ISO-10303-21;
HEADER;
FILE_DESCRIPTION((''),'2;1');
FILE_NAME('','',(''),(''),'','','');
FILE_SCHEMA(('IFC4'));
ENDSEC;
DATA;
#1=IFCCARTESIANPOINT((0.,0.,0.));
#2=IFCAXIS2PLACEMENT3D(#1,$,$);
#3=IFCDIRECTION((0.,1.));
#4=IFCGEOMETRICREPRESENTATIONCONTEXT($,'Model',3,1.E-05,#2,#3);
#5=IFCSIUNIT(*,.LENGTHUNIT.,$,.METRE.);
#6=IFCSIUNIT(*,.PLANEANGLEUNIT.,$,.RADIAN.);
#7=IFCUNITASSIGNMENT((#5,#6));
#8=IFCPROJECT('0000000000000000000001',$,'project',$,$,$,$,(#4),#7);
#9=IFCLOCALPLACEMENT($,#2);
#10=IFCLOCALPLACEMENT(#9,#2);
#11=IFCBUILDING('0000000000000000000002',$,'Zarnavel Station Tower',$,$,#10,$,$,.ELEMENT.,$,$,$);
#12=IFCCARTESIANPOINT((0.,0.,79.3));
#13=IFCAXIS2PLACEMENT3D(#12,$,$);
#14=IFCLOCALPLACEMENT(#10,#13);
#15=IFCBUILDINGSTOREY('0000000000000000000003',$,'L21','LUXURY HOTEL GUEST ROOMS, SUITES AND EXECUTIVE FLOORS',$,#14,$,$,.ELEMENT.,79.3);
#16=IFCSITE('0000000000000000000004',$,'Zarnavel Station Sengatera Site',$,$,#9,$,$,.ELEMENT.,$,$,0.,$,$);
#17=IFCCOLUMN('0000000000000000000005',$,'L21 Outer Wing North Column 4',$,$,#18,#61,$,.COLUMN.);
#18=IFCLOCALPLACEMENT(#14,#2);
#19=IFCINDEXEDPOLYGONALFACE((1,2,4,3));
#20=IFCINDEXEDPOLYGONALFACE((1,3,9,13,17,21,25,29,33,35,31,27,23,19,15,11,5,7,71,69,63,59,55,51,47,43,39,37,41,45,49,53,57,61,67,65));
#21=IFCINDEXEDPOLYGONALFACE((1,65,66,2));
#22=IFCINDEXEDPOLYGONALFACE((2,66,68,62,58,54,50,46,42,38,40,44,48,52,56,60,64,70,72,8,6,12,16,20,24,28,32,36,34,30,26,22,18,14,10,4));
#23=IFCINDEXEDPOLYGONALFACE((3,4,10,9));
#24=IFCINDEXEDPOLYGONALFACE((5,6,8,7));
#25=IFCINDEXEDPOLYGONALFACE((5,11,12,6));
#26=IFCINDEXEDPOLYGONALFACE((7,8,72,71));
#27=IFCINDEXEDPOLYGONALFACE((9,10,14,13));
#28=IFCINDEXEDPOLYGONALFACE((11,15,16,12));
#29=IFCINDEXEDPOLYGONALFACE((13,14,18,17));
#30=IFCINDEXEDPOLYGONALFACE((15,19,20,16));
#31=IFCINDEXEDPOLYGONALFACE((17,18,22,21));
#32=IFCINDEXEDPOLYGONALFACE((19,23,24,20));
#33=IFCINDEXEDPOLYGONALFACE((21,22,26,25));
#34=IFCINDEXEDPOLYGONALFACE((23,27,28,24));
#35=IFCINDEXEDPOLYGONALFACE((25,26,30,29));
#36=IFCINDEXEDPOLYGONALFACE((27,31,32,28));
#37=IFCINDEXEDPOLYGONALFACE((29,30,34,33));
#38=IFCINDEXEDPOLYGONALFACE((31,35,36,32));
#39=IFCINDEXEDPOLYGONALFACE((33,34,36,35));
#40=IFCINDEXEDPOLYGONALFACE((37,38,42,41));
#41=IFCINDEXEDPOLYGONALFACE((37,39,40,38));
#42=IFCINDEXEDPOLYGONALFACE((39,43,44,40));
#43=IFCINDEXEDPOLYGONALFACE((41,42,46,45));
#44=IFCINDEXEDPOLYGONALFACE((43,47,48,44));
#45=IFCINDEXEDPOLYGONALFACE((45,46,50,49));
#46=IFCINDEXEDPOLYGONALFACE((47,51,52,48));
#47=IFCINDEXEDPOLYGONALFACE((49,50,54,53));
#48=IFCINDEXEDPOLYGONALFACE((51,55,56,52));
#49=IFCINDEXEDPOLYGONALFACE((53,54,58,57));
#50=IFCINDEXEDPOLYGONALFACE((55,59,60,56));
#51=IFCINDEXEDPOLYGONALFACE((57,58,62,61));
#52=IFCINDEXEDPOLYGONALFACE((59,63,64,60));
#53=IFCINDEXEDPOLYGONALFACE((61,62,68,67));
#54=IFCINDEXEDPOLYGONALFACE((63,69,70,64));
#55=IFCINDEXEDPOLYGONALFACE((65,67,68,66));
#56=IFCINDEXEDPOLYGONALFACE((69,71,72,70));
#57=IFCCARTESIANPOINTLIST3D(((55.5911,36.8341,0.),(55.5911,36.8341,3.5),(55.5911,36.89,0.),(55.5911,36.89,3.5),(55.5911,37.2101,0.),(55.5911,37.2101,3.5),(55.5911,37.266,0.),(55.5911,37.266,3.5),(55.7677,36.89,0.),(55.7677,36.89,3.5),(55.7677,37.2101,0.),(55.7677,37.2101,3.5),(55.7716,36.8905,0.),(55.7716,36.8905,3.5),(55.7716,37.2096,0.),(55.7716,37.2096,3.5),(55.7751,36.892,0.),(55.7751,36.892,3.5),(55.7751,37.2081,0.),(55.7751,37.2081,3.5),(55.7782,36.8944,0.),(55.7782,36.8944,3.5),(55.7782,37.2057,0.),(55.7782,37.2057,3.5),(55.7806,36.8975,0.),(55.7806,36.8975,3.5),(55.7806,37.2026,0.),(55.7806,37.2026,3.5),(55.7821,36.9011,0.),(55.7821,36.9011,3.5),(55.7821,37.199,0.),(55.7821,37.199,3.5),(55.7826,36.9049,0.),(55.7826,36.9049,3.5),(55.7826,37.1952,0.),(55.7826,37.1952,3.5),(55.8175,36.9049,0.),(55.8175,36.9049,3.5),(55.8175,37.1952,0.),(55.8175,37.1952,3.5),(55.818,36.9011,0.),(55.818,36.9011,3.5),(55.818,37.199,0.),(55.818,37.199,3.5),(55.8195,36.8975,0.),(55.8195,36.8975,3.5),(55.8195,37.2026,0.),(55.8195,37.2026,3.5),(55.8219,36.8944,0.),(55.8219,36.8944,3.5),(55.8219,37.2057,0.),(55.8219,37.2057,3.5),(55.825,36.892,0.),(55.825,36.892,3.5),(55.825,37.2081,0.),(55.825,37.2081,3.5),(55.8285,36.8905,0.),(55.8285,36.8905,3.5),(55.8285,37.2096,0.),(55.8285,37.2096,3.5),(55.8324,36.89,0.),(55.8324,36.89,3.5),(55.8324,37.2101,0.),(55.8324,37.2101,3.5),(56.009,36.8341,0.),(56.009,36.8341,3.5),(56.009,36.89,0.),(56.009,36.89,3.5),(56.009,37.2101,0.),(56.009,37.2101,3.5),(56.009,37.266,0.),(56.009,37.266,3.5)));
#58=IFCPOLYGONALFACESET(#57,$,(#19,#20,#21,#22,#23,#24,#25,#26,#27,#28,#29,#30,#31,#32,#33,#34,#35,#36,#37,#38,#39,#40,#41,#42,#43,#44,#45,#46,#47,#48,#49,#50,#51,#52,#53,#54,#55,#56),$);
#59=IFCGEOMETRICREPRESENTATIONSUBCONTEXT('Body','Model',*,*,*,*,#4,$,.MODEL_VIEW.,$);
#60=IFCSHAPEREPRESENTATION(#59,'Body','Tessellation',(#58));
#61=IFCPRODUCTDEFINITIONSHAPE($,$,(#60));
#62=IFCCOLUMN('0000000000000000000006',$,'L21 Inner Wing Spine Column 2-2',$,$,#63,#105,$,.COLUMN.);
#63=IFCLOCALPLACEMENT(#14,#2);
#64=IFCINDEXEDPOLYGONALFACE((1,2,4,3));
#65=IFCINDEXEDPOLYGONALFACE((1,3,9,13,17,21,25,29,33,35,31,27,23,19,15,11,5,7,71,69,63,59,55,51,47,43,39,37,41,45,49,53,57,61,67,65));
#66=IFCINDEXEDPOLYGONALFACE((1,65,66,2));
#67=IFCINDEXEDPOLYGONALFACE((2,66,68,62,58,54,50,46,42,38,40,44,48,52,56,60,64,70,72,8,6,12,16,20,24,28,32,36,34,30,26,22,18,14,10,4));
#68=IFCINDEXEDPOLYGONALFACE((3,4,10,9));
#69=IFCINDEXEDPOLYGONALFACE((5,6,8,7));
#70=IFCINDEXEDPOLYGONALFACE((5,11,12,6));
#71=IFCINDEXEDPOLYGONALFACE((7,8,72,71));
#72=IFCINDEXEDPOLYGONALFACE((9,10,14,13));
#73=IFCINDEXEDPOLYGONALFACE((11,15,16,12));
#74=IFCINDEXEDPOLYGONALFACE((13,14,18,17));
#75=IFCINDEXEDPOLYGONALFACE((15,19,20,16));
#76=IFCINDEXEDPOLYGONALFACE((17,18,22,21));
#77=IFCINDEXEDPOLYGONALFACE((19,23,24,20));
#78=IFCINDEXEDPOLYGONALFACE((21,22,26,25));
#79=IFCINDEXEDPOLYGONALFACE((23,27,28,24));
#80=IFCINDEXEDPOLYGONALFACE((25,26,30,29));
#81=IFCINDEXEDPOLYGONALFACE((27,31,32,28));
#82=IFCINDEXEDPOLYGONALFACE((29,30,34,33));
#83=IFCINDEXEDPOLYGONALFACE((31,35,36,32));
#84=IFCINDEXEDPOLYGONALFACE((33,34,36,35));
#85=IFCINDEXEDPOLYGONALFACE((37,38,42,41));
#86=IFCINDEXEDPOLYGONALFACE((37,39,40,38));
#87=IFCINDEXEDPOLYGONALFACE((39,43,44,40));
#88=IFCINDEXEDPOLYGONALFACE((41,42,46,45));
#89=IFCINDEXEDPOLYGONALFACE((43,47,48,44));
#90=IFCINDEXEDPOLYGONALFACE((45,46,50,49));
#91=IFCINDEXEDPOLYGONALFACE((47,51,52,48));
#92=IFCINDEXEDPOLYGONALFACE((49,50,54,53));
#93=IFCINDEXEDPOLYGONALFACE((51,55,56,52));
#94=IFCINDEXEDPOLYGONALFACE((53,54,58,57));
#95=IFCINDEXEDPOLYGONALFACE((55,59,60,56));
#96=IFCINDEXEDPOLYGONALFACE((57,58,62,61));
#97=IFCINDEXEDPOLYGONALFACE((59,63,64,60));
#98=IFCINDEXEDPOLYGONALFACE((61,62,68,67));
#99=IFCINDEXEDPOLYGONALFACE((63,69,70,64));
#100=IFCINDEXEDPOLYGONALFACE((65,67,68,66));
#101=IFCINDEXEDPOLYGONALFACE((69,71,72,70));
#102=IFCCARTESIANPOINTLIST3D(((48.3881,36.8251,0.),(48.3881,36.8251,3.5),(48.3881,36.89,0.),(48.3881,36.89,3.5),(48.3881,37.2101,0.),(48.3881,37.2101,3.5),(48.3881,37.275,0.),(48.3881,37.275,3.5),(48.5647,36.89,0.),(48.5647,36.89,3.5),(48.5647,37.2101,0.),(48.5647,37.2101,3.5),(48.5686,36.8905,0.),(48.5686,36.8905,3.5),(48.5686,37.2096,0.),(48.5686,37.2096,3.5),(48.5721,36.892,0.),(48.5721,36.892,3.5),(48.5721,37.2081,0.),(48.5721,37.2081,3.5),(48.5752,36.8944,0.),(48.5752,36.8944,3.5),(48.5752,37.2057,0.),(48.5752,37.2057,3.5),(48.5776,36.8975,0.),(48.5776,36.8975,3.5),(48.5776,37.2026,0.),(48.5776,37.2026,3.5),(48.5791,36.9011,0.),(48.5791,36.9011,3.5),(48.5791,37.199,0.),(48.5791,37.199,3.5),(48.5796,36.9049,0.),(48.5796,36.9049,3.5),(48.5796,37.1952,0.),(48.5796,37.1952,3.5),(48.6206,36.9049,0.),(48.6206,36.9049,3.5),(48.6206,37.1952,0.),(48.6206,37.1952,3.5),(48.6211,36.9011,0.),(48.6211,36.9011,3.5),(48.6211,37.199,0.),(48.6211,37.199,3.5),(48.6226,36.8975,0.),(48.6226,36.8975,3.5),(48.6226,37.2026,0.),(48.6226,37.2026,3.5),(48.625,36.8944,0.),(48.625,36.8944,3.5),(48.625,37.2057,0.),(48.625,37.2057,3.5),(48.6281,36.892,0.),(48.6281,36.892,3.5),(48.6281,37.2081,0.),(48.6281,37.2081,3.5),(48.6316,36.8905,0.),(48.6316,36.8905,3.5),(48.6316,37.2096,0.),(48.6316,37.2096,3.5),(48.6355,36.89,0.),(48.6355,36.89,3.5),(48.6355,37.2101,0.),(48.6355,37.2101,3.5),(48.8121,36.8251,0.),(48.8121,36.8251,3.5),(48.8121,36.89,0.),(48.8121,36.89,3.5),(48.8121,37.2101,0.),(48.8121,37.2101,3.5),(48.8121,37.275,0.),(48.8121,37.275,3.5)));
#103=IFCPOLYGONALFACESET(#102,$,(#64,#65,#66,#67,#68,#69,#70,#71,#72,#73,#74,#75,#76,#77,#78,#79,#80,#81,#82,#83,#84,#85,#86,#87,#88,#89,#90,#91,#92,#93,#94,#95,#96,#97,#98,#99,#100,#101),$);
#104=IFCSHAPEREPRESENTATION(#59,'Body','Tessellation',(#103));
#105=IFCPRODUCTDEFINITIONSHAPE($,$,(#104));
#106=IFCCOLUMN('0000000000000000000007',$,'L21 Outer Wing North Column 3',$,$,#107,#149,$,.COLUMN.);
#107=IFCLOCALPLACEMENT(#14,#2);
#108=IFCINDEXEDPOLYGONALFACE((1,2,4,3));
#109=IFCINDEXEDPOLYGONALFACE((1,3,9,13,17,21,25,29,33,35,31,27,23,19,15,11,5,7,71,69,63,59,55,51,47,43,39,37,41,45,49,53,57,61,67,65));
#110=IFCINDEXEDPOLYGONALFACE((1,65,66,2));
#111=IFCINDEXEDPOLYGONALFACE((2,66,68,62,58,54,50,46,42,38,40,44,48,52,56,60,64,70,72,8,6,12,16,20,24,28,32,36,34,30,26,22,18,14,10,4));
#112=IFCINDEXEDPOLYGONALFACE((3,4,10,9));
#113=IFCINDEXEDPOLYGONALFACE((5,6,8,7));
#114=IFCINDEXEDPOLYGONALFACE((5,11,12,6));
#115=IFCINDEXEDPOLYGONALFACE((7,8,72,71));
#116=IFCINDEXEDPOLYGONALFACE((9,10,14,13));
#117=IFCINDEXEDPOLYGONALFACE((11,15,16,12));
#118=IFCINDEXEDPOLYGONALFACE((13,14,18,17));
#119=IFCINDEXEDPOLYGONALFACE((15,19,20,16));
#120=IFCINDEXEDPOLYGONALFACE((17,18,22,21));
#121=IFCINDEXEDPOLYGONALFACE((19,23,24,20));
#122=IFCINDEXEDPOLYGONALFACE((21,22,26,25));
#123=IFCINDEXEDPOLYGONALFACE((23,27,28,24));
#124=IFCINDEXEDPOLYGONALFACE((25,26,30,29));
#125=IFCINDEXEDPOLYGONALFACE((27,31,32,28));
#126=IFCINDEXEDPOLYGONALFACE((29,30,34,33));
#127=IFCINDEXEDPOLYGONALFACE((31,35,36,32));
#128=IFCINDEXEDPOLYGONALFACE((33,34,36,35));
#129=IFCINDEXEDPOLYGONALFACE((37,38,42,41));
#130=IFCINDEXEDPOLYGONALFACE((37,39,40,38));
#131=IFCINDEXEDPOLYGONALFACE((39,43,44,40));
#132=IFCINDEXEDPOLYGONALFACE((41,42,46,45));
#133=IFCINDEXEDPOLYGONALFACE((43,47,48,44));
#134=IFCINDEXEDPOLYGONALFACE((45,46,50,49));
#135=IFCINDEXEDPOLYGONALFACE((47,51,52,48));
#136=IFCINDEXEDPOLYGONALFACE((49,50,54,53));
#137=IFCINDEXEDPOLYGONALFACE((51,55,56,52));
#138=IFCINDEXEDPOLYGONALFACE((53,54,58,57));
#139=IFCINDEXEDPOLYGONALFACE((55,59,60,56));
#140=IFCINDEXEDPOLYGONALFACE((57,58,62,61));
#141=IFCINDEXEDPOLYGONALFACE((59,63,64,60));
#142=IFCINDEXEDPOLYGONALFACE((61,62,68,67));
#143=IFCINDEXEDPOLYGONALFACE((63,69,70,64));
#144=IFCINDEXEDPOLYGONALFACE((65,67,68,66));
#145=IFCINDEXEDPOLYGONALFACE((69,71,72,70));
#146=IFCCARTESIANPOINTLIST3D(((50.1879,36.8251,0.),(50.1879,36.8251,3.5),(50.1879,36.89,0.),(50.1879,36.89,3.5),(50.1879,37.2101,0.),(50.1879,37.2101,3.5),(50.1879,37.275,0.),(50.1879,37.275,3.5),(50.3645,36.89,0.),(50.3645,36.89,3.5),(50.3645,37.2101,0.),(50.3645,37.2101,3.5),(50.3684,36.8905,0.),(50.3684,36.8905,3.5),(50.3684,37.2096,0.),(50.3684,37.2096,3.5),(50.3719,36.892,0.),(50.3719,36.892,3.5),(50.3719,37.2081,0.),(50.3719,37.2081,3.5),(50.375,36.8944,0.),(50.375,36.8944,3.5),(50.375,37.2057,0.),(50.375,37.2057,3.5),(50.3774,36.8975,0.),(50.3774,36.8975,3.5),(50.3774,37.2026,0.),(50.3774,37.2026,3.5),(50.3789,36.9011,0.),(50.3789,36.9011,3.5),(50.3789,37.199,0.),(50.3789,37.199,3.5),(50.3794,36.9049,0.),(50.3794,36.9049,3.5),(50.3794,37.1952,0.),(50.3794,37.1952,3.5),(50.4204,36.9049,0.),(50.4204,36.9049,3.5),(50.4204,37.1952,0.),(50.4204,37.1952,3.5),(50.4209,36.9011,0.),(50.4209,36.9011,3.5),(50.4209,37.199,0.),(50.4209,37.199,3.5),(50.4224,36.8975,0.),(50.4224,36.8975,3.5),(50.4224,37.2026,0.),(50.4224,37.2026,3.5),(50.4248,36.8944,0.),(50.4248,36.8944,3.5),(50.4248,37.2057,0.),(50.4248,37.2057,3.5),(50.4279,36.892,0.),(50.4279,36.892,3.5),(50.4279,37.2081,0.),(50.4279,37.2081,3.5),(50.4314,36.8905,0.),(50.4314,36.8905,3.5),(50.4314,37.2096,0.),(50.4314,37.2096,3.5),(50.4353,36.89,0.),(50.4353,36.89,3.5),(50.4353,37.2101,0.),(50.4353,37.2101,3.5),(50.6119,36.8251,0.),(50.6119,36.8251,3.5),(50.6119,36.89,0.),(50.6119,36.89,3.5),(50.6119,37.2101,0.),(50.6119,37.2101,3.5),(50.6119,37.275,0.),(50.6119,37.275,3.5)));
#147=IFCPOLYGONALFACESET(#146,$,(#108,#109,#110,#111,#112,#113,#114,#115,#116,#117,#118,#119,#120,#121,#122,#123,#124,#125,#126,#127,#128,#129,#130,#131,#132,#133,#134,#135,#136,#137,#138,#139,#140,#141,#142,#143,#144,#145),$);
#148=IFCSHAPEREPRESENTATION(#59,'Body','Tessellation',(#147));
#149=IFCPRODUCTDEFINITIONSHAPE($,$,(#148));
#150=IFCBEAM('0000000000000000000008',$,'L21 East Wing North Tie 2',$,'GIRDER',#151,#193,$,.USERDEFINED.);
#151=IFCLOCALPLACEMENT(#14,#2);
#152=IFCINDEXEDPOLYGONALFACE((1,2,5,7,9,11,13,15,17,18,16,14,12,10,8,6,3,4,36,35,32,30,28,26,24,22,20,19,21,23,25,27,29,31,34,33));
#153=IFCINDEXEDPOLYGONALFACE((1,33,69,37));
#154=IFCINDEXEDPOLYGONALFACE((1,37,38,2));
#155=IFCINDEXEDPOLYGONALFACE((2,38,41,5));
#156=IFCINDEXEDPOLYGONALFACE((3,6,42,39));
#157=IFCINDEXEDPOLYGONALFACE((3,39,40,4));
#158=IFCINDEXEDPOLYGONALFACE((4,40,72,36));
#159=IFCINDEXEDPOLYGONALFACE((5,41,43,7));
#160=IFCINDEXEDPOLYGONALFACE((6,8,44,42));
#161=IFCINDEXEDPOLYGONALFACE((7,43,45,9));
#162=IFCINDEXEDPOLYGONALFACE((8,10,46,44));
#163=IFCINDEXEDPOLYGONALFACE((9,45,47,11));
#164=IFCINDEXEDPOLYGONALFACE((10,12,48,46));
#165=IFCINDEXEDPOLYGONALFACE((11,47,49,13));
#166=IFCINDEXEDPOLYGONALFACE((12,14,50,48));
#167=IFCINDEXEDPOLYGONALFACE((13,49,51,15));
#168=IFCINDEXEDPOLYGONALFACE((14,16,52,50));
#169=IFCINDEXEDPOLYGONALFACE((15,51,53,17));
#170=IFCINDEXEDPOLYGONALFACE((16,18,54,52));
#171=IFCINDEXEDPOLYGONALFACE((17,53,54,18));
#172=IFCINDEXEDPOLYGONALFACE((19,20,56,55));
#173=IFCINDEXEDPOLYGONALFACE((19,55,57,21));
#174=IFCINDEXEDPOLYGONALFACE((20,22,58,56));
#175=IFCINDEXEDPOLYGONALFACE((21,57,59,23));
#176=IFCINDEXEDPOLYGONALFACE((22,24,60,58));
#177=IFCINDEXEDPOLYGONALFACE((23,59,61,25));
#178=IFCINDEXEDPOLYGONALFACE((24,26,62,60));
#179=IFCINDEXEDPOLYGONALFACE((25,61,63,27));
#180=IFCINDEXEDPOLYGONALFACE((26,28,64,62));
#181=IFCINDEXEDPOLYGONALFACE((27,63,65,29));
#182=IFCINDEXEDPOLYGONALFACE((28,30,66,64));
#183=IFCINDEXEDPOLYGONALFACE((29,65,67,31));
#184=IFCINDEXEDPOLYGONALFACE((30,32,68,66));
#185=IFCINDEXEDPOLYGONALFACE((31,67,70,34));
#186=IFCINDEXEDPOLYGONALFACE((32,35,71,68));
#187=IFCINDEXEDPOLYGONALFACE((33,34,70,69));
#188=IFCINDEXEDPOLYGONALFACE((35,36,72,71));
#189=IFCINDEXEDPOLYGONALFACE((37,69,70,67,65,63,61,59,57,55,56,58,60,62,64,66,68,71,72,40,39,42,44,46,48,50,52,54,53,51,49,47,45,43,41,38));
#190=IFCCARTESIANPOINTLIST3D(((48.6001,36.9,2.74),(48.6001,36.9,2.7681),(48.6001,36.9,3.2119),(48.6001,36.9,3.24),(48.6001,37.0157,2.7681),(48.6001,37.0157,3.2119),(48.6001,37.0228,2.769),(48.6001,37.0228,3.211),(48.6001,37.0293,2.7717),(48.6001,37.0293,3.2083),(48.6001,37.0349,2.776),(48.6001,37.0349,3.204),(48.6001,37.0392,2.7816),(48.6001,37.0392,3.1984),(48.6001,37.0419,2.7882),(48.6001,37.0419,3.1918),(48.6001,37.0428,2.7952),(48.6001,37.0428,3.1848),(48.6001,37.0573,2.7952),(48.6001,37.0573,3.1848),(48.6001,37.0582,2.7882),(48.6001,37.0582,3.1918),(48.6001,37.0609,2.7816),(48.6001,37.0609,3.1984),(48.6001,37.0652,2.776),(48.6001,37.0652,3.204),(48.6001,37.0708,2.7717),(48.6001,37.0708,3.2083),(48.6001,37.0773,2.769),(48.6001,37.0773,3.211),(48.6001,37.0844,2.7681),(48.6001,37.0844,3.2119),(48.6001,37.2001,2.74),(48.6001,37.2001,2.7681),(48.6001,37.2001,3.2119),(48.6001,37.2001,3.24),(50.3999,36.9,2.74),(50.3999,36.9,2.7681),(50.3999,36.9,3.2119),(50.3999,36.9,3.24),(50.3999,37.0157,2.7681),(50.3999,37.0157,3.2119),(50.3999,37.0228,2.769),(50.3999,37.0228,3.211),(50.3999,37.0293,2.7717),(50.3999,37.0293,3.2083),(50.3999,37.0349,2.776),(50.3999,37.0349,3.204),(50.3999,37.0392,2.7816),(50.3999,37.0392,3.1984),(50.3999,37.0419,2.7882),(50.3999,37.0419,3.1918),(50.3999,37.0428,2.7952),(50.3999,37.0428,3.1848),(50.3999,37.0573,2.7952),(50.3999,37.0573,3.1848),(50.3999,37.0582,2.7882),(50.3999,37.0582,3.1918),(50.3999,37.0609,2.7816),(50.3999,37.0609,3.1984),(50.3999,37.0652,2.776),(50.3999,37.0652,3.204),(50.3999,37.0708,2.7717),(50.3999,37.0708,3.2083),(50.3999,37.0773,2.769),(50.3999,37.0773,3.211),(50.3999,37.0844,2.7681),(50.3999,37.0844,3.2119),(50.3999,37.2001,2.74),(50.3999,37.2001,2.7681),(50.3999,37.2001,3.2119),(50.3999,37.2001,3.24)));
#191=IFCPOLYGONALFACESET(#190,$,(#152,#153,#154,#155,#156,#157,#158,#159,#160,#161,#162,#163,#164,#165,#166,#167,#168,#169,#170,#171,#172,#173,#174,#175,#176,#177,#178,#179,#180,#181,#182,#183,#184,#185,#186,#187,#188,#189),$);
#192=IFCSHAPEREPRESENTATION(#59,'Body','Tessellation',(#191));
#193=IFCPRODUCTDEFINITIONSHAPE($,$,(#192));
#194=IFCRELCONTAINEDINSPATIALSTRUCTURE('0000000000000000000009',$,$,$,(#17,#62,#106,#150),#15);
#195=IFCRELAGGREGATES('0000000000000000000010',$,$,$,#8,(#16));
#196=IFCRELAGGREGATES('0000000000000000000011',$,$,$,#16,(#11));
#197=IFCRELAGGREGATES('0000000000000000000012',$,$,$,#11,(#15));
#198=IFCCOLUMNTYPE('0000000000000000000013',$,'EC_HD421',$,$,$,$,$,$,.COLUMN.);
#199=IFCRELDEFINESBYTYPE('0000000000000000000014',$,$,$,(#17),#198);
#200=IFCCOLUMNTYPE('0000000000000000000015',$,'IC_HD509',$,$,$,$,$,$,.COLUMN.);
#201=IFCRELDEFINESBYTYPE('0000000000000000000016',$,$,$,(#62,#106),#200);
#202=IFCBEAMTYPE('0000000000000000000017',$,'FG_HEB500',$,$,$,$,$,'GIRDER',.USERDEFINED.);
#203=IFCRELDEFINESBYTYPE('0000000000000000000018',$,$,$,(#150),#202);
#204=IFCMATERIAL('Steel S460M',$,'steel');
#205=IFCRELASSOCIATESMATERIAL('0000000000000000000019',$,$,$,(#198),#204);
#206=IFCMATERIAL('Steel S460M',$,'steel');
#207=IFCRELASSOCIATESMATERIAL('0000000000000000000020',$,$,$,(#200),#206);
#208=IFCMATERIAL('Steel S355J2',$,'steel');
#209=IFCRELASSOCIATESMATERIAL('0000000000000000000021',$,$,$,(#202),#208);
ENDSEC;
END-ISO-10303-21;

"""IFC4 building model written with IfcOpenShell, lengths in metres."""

from ifc_helpers import new_model, si_unit, direction, frame, origin, origin_2d, place, context, subcontext, project, spatial, i_section, extrude, material, material_profile, profile_set, type_object, element, save


model = new_model("IFC4")

# Units and contexts
model_context = context("Model", 3, precision=1e-05, world=origin(), true_north=direction((0.0, 1.0)))
body_context = subcontext(model_context, "Body", "Model", "MODEL_VIEW")
ifc_project = project(units=[si_unit("LENGTHUNIT", "METRE"), si_unit("PLANEANGLEUNIT", "RADIAN")], contexts=[model_context])

# Site, building, storey
site_placement = place(None, origin())
site = spatial("IfcSite", under=ifc_project, at=site_placement, Name="Zarnavel Station Sengatera Site", CompositionType="ELEMENT", RefElevation=0.0)
building_placement = place(site_placement, origin())
building = spatial("IfcBuilding", under=site, at=building_placement, Name="Zarnavel Station Tower", CompositionType="ELEMENT")
storey_placement = place(building_placement, frame((0.0, 0.0, 79.3)))
storey = spatial("IfcBuildingStorey", under=building, at=storey_placement, Name="L21", Description="LUXURY HOTEL GUEST ROOMS, SUITES AND EXECUTIVE FLOORS", CompositionType="ELEMENT", Elevation=79.3)

# Columns
ifc_material_1 = material(Name="Steel S460M", Category="steel")
ifc_material_profile_1 = material_profile(ifc_material_1, i_section(OverallWidth=0.418, OverallDepth=0.4319, WebThickness=0.0349, FlangeThickness=0.0559, FilletRadius=0.0149, at=origin_2d()), Name="HD400x421")
ifc_profile_set_1 = profile_set([ifc_material_profile_1], Name="Steel S460M")
column_type_1 = type_object("IfcColumnType", Name="EC_HD421", PredefinedType="COLUMN", material=ifc_profile_set_1)
column_placement = place(storey_placement, frame((55.8, 37.05, 0.0), z_axis=(0.0, 0.0, 1.0), x_axis=(1.0, 0.0, 0.0)))
element("IfcColumn", 1, at=column_placement, inside=storey, type_object=column_type_1, Name="L21 Outer Wing North Column 4", PredefinedType="COLUMN", context=body_context, shape_type="SweptSolid", body=[
    extrude(i_section(OverallWidth=0.418, OverallDepth=0.4319, WebThickness=0.0349, FlangeThickness=0.0559, FilletRadius=0.0149, at=origin_2d()), origin(), (0.0, 0.0, 1.0), 3.5),
])
ifc_material_2 = material(Name="Steel S460M", Category="steel")
ifc_material_profile_2 = material_profile(ifc_material_2, i_section(OverallWidth=0.4241, OverallDepth=0.45, WebThickness=0.041, FlangeThickness=0.0649, FilletRadius=0.0149, at=origin_2d()), Name="HD400x509")
ifc_profile_set_2 = profile_set([ifc_material_profile_2], Name="Steel S460M")
column_type_2 = type_object("IfcColumnType", Name="IC_HD509", PredefinedType="COLUMN", material=ifc_profile_set_2)
for number, where, z_axis, x_axis, name in (
    (2, (48.6001, 37.05, 0.0), (0.0, 0.0, 1.0), (1.0, 0.0, 0.0), "L21 Inner Wing Spine Column 2-2"),
    (3, (50.3999, 37.05, 0.0), (0.0, 0.0, 1.0), (1.0, 0.0, 0.0), "L21 Outer Wing North Column 3"),
):
    element("IfcColumn", number, at=place(storey_placement, frame(where, z_axis=z_axis, x_axis=x_axis)), inside=storey, type_object=column_type_2, Name=name, PredefinedType="COLUMN", context=body_context, shape_type="SweptSolid", body=[
        extrude(i_section(OverallWidth=0.4241, OverallDepth=0.45, WebThickness=0.041, FlangeThickness=0.0649, FilletRadius=0.0149, at=origin_2d()), origin(), (0.0, 0.0, 1.0), 3.5),
    ])

# Beam
ifc_material_3 = material(Name="Steel S355J2", Category="steel")
ifc_material_profile_3 = material_profile(ifc_material_3, i_section(OverallWidth=0.3, OverallDepth=0.5, WebThickness=0.0144, FlangeThickness=0.0281, FilletRadius=0.0271, at=origin_2d()), Name="HEB500")
ifc_profile_set_3 = profile_set([ifc_material_profile_3], Name="Steel S355J2")
beam_type = type_object("IfcBeamType", Name="FG_HEB500", ElementType="GIRDER", PredefinedType="USERDEFINED", material=ifc_profile_set_3)
beam_1_placement = place(storey_placement, frame((48.6001, 37.05, 2.99), z_axis=(1.0, 0.0, 0.0), x_axis=(0.0, 1.0, 0.0)))
element("IfcBeam", 4, at=beam_1_placement, inside=storey, type_object=beam_type, Name="L21 East Wing North Tie 2", ObjectType="GIRDER", PredefinedType="USERDEFINED", context=body_context, shape_type="SweptSolid", body=[
    extrude(i_section(OverallWidth=0.3, OverallDepth=0.5, WebThickness=0.0144, FlangeThickness=0.0281, FilletRadius=0.0271, at=origin_2d()), origin(), (0.0, 0.0, 1.0), 1.7998),
])

save(model, "model.ifc")
